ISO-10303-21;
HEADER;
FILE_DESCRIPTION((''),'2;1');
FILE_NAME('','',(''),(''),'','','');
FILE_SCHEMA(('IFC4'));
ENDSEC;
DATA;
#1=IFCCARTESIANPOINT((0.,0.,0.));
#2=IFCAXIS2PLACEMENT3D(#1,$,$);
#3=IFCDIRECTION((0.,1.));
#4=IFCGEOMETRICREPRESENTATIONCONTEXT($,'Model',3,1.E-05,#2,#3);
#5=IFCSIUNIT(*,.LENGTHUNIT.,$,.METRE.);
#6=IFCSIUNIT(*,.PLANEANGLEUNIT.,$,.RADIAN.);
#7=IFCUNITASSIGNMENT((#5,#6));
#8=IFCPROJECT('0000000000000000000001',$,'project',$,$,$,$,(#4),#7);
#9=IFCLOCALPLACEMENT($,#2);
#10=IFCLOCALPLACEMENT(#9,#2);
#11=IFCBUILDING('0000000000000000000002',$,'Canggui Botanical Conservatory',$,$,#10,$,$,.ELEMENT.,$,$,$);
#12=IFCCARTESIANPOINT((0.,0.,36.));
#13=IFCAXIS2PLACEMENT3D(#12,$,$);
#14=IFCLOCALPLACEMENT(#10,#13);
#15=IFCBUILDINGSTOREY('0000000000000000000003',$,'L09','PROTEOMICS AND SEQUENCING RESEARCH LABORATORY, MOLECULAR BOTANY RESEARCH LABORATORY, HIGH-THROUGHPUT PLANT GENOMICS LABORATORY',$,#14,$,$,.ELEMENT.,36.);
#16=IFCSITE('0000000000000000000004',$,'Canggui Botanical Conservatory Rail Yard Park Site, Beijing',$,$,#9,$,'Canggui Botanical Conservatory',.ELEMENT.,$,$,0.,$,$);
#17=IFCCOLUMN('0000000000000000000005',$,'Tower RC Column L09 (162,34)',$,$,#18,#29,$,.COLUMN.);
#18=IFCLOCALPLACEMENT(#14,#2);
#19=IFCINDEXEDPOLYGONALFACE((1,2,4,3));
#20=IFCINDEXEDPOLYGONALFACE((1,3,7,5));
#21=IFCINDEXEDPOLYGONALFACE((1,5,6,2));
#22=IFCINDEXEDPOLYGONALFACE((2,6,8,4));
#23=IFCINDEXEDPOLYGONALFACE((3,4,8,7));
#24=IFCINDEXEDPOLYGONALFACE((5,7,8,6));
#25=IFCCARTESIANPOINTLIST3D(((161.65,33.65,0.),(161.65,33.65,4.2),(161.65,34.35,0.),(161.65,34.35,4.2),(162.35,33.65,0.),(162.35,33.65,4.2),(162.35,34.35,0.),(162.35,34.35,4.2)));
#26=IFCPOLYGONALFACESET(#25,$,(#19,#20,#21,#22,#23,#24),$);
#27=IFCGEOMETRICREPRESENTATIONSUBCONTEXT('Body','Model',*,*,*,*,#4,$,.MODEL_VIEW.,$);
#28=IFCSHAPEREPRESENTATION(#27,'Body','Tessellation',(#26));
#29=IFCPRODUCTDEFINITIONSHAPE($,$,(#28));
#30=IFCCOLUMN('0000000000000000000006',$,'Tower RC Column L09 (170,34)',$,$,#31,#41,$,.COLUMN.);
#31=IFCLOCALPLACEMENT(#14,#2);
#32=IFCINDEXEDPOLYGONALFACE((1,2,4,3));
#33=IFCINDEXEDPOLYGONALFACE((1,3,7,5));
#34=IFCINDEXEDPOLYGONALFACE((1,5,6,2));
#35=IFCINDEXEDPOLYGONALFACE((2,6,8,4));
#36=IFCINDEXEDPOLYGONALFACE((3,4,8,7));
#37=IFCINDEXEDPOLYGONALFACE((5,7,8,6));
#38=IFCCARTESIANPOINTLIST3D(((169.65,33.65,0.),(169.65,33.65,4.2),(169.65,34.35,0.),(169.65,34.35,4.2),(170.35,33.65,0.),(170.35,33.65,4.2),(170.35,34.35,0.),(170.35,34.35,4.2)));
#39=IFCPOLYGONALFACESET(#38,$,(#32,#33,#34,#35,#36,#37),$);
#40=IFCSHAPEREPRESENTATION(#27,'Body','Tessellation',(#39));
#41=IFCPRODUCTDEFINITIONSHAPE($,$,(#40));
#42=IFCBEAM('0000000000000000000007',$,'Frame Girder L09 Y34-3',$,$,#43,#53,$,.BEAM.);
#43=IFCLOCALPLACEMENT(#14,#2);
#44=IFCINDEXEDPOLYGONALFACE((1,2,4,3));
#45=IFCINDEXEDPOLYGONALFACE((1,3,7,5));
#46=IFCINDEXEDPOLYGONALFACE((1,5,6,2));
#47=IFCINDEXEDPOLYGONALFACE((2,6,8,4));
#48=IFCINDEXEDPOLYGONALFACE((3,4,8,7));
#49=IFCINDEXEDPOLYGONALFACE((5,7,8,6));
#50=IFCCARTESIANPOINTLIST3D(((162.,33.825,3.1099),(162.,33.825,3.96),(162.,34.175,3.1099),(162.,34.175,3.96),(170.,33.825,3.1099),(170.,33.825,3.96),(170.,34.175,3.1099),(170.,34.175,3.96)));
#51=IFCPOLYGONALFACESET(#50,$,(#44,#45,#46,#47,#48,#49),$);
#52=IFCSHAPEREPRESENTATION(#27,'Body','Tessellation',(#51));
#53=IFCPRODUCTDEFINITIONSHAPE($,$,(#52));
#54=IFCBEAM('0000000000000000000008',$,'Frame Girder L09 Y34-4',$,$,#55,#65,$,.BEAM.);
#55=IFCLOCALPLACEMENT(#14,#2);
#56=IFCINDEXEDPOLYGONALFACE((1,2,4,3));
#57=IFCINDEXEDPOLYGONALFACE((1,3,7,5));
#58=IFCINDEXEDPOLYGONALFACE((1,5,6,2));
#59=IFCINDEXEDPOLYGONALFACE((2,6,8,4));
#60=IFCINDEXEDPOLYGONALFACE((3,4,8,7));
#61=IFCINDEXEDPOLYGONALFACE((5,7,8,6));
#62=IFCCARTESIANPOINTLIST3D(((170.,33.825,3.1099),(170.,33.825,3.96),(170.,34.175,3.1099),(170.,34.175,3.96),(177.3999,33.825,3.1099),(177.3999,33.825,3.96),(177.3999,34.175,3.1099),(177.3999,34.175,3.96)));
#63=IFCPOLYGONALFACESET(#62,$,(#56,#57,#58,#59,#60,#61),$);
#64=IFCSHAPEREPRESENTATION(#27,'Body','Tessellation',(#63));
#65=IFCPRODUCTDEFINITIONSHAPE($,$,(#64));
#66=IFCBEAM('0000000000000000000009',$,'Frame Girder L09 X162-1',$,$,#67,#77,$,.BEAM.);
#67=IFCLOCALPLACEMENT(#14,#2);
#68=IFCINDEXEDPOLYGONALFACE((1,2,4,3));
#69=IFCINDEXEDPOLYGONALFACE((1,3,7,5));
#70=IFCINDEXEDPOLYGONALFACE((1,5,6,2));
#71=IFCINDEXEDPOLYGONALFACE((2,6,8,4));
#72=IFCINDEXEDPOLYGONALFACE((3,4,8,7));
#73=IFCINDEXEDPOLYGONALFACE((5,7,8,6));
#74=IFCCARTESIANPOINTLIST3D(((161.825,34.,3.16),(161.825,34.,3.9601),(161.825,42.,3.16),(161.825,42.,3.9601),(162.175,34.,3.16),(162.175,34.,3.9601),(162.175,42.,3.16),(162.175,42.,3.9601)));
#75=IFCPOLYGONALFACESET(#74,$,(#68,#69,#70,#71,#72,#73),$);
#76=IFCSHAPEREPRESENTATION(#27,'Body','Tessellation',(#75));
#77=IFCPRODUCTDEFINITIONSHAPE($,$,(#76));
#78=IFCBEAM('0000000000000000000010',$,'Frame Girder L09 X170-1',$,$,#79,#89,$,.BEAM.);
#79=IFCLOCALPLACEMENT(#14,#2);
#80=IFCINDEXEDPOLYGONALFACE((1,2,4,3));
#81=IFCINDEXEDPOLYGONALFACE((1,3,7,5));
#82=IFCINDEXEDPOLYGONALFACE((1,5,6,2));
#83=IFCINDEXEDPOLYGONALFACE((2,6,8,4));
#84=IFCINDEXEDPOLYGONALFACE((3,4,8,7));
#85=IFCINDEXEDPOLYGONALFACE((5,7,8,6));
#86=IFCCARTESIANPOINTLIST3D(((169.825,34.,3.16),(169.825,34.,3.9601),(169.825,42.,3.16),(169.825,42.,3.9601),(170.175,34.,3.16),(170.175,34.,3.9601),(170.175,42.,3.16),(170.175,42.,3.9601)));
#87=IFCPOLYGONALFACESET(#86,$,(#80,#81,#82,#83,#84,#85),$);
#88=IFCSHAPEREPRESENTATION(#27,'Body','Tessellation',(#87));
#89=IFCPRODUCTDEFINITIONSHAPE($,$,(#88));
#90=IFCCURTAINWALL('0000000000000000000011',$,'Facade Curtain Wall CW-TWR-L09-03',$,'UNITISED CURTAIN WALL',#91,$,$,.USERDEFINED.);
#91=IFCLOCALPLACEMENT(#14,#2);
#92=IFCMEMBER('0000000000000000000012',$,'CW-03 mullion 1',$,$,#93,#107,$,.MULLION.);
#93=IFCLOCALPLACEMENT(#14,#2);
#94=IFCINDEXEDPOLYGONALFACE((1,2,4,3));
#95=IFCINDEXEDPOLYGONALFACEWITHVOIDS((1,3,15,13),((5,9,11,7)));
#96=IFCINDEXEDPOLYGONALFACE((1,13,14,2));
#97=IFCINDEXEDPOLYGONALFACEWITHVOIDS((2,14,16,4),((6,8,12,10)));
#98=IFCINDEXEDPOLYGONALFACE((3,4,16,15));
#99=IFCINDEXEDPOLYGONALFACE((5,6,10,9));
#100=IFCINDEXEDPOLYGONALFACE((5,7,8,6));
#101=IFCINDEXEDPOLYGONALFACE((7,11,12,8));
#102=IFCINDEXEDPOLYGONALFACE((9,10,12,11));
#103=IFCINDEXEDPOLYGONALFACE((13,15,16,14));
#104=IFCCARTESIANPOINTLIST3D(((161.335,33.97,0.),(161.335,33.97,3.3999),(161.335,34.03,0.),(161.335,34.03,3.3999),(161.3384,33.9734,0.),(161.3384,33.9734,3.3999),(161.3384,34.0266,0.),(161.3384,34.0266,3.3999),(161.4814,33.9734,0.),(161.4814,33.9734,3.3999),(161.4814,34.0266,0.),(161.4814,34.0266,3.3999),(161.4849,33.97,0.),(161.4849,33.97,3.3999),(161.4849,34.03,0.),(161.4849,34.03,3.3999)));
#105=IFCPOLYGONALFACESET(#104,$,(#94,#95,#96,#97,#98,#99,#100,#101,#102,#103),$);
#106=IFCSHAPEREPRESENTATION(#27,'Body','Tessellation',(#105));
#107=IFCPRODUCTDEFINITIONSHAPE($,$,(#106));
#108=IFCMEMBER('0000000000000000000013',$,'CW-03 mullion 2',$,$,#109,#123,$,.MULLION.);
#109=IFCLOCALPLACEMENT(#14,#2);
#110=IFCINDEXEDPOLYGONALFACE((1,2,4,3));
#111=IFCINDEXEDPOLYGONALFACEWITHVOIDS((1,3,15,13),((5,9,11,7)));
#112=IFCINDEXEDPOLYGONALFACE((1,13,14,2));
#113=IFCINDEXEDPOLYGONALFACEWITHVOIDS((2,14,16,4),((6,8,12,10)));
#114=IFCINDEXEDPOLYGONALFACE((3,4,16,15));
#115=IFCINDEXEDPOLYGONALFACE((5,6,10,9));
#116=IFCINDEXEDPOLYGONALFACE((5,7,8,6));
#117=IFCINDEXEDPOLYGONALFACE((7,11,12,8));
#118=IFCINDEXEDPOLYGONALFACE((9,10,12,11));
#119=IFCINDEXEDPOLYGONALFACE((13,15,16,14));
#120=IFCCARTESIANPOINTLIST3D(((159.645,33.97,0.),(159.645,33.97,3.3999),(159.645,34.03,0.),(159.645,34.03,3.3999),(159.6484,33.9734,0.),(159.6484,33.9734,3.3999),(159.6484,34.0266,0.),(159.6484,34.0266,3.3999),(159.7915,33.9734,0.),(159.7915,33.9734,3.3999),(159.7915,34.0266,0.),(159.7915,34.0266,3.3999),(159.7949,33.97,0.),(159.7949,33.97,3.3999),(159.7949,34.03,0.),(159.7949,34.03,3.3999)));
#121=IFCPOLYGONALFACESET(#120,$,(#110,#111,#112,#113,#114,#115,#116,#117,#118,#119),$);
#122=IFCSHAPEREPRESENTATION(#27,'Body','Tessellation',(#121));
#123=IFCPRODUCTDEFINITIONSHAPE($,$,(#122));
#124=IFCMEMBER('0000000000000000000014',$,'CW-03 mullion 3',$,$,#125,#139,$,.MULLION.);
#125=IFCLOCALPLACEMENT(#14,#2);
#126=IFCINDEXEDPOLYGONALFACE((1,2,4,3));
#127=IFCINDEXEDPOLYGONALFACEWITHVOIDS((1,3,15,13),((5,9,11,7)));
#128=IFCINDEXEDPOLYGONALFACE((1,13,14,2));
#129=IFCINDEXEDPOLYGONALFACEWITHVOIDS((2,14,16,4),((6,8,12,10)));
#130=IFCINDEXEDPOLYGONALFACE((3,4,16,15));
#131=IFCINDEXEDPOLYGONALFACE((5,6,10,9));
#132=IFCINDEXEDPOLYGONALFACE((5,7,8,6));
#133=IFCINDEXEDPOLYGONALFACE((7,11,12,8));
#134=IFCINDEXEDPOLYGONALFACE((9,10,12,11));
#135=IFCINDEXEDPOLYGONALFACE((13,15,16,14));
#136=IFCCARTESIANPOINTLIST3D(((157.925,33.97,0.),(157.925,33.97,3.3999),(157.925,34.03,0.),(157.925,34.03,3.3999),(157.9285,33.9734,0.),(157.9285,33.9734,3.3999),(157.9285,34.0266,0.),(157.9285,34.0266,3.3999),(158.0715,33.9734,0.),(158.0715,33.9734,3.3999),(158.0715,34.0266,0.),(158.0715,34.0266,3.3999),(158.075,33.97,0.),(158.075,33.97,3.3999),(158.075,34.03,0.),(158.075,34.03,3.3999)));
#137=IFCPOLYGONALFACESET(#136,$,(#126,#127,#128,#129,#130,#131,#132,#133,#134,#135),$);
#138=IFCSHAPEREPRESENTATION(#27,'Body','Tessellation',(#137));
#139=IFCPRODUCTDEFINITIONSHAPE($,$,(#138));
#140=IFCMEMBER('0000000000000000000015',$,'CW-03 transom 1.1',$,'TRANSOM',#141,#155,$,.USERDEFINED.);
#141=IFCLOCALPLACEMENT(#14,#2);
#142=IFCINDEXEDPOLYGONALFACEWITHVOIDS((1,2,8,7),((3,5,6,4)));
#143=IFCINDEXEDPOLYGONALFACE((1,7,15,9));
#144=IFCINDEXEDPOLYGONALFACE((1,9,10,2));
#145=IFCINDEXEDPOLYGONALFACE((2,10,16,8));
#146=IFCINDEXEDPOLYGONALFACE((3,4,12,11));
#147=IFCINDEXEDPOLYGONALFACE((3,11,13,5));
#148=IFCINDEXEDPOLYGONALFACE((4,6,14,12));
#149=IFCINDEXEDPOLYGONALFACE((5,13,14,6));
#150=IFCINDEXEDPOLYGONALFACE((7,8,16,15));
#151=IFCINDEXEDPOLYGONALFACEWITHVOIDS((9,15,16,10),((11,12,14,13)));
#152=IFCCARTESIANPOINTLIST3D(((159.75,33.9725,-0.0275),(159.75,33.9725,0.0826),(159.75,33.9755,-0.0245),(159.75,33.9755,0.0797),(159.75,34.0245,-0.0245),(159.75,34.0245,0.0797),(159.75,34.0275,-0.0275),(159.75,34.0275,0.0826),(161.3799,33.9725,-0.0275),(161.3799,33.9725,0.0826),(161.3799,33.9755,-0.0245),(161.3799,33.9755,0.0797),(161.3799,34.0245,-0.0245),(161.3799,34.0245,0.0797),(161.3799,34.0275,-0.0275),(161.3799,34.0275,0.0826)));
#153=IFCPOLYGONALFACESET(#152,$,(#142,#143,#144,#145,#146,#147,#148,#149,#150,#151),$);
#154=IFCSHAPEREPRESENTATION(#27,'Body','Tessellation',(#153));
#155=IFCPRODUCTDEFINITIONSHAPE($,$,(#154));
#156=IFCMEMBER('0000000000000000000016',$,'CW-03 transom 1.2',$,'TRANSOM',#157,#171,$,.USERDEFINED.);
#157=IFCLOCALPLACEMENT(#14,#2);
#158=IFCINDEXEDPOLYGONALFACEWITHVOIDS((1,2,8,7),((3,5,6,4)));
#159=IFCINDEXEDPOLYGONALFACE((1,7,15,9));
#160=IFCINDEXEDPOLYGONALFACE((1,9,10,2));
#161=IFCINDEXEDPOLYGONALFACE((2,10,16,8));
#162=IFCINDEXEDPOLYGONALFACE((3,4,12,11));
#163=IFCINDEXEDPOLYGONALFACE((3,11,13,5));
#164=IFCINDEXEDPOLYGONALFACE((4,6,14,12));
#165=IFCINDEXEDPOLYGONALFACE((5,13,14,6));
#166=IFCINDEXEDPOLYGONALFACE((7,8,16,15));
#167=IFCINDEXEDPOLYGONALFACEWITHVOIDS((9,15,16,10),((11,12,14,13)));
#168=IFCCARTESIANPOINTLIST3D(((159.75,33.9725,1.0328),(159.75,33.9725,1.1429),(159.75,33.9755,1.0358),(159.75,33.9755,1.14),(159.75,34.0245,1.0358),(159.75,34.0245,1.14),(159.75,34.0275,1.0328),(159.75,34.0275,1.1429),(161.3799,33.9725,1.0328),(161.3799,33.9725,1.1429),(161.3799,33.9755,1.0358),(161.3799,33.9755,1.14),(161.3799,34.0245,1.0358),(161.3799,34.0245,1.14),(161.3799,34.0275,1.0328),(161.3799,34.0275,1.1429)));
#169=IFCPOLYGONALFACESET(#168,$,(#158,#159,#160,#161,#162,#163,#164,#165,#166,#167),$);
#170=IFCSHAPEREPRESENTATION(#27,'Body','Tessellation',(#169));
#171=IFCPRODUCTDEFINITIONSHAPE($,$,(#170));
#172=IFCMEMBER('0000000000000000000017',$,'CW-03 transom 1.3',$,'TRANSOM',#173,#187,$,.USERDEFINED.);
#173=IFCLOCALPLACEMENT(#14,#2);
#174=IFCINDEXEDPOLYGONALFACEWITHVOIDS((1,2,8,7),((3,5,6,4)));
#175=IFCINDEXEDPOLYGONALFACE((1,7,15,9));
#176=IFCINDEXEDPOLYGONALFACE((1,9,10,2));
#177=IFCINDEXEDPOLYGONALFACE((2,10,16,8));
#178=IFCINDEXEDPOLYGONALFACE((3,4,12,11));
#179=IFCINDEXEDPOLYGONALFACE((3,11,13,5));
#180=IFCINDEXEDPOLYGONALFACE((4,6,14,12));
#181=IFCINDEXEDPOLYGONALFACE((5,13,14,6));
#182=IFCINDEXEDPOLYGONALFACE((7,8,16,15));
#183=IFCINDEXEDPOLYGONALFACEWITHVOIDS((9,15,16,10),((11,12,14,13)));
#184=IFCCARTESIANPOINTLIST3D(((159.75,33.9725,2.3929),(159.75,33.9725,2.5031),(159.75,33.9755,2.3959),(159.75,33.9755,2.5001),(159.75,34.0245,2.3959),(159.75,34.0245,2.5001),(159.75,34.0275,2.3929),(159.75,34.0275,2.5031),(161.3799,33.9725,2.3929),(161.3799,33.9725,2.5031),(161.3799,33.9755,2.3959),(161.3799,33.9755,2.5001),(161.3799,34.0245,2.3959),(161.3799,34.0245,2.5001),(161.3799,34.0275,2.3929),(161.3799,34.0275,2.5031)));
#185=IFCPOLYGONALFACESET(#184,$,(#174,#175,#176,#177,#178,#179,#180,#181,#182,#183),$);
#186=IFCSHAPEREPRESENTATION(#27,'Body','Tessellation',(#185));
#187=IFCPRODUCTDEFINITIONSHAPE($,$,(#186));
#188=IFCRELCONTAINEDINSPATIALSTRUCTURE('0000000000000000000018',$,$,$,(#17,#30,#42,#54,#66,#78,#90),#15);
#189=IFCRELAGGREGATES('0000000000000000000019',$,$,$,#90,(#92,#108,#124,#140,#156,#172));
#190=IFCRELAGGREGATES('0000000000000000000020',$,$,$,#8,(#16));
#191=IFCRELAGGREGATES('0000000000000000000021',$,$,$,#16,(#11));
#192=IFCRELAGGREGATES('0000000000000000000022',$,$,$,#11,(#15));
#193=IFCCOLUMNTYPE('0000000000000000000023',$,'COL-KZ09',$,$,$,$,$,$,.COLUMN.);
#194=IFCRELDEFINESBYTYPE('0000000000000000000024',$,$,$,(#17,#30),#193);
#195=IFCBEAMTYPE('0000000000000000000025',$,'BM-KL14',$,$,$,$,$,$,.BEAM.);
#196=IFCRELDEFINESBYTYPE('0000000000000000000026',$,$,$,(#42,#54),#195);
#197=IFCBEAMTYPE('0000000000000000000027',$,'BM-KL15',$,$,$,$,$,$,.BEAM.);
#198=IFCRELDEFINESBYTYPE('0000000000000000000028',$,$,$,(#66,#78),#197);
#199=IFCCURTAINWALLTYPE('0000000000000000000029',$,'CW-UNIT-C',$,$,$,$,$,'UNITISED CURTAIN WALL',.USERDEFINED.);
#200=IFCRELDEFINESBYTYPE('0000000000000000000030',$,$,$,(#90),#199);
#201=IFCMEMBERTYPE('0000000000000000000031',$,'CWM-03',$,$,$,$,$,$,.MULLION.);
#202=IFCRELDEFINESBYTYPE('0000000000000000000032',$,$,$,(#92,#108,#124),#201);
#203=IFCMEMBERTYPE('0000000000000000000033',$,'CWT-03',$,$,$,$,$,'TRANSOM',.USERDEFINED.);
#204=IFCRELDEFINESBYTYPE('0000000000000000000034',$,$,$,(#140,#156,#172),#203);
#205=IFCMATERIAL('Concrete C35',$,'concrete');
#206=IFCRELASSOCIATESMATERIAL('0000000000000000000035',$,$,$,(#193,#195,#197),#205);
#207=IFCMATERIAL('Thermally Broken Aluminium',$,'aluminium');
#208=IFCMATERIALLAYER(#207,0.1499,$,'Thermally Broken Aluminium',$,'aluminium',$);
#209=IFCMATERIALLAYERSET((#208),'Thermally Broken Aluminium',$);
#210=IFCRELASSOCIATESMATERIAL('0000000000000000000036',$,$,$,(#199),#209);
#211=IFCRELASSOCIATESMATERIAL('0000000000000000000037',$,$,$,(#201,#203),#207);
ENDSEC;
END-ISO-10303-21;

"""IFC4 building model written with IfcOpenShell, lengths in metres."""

from ifc_helpers import new_model, si_unit, direction, frame, origin, origin_2d, place, context, subcontext, project, spatial, rectangle, hollow_rectangle, extrude, material, layer, layer_set, material_profile, profile_set, type_object, element, aggregate, save


model = new_model("IFC4")

# Units and contexts
model_context = context("Model", 3, precision=1e-05, world=origin(), true_north=direction((0.0, 1.0)))
body_context = subcontext(model_context, "Body", "Model", "MODEL_VIEW")
ifc_project = project(units=[si_unit("LENGTHUNIT", "METRE"), si_unit("PLANEANGLEUNIT", "RADIAN")], contexts=[model_context])

# Site, building, storey
site_placement = place(None, origin())
site = spatial("IfcSite", under=ifc_project, at=site_placement, Name="Canggui Botanical Conservatory Rail Yard Park Site, Beijing", LongName="Canggui Botanical Conservatory", CompositionType="ELEMENT", RefElevation=0.0)
building_placement = place(site_placement, origin())
building = spatial("IfcBuilding", under=site, at=building_placement, Name="Canggui Botanical Conservatory", CompositionType="ELEMENT")
storey_placement = place(building_placement, frame((0.0, 0.0, 36.0)))
storey = spatial("IfcBuildingStorey", under=building, at=storey_placement, Name="L09", Description="PROTEOMICS AND SEQUENCING RESEARCH LABORATORY, MOLECULAR BOTANY RESEARCH LABORATORY, HIGH-THROUGHPUT PLANT GENOMICS LABORATORY", CompositionType="ELEMENT", Elevation=36.0)

# Columns
ifc_material_1 = material(Name="Concrete C35", Category="concrete")
ifc_material_profile_1 = material_profile(ifc_material_1, rectangle(XDim=0.7, YDim=0.7, at=origin_2d()), Name="RC 700x700")
ifc_profile_set_1 = profile_set([ifc_material_profile_1], Name="Concrete C35")
column_type = type_object("IfcColumnType", Name="COL-KZ09", PredefinedType="COLUMN", material=ifc_profile_set_1)
for number, where, z_axis, x_axis, name in (
    (1, (162.0, 34.0, 0.0), (0.0, 0.0, 1.0), (1.0, 0.0, 0.0), "Tower RC Column L09 (162,34)"),
    (2, (170.0, 34.0, 0.0), (0.0, 0.0, 1.0), (1.0, 0.0, 0.0), "Tower RC Column L09 (170,34)"),
):
    element("IfcColumn", number, at=place(storey_placement, frame(where, z_axis=z_axis, x_axis=x_axis)), inside=storey, type_object=column_type, Name=name, PredefinedType="COLUMN", context=body_context, shape_type="SweptSolid", body=[
        extrude(rectangle(XDim=0.7, YDim=0.7, at=origin_2d()), origin(), (0.0, 0.0, 1.0), 4.2),
    ])

# Beams
ifc_material_profile_2 = material_profile(ifc_material_1, rectangle(XDim=0.3501, YDim=0.8501, at=origin_2d()), Name="RB 350x850")
ifc_profile_set_2 = profile_set([ifc_material_profile_2], Name="Concrete C35")
beam_type_1 = type_object("IfcBeamType", Name="BM-KL14", PredefinedType="BEAM", material=ifc_profile_set_2)
beam_1_placement = place(storey_placement, frame((162.0, 34.0, 3.5349), z_axis=(1.0, 0.0, 0.0), x_axis=(0.0, 1.0, 0.0)))
element("IfcBeam", 3, at=beam_1_placement, inside=storey, type_object=beam_type_1, Name="Frame Girder L09 Y34-3", PredefinedType="BEAM", context=body_context, shape_type="SweptSolid", body=[
    extrude(rectangle(XDim=0.3501, YDim=0.8501, at=origin_2d()), origin(), (0.0, 0.0, 1.0), 8.0),
])
beam_2_placement = place(storey_placement, frame((170.0, 34.0, 3.5349), z_axis=(1.0, 0.0, 0.0), x_axis=(0.0, 1.0, 0.0)))
element("IfcBeam", 4, at=beam_2_placement, inside=storey, type_object=beam_type_1, Name="Frame Girder L09 Y34-4", PredefinedType="BEAM", context=body_context, shape_type="SweptSolid", body=[
    extrude(rectangle(XDim=0.3501, YDim=0.8501, at=origin_2d()), origin(), (0.0, 0.0, 1.0), 7.3999),
])
ifc_material_profile_3 = material_profile(ifc_material_1, rectangle(XDim=0.3501, YDim=0.8, at=origin_2d()), Name="RB 350x800")
ifc_profile_set_3 = profile_set([ifc_material_profile_3], Name="Concrete C35")
beam_type_2 = type_object("IfcBeamType", Name="BM-KL15", PredefinedType="BEAM", material=ifc_profile_set_3)
for number, where, z_axis, x_axis, name in (
    (5, (162.0, 34.0, 3.5601), (0.0, 1.0, 0.0), (-1.0, 0.0, 0.0), "Frame Girder L09 X162-1"),
    (6, (170.0, 34.0, 3.5601), (0.0, 1.0, 0.0), (-1.0, 0.0, 0.0), "Frame Girder L09 X170-1"),
):
    element("IfcBeam", number, at=place(storey_placement, frame(where, z_axis=z_axis, x_axis=x_axis)), inside=storey, type_object=beam_type_2, Name=name, PredefinedType="BEAM", context=body_context, shape_type="SweptSolid", body=[
        extrude(rectangle(XDim=0.3501, YDim=0.8, at=origin_2d()), origin(), (0.0, 0.0, 1.0), 8.0),
    ])

# Curtain wall, members
ifc_material_2 = material(Name="Thermally Broken Aluminium", Category="aluminium")
ifc_layer_1 = layer(ifc_material_2, 0.1499, Name="Thermally Broken Aluminium", Category="aluminium")
ifc_layer_set_1 = layer_set([ifc_layer_1], Name="Thermally Broken Aluminium")
curtain_wall_type = type_object("IfcCurtainWallType", Name="CW-UNIT-C", ElementType="UNITISED CURTAIN WALL", PredefinedType="USERDEFINED", material=ifc_layer_set_1)
curtain_wall_placement = place(storey_placement, origin())
curtain_wall = element("IfcCurtainWall", 7, at=curtain_wall_placement, inside=storey, type_object=curtain_wall_type, Name="Facade Curtain Wall CW-TWR-L09-03", ObjectType="UNITISED CURTAIN WALL", PredefinedType="USERDEFINED")
ifc_material_profile_4 = material_profile(ifc_material_2, hollow_rectangle(XDim=0.0601, YDim=0.1499, WallThickness=0.0034, at=origin_2d()), Name="CWM 60x150x3.5")
ifc_profile_set_4 = profile_set([ifc_material_profile_4], Name="Thermally Broken Aluminium")
member_type_1 = type_object("IfcMemberType", Name="CWM-03", PredefinedType="MULLION", material=ifc_profile_set_4)
member_1_placement = place(storey_placement, frame((161.4099, 34.0, 0.0), z_axis=(0.0, 0.0, 1.0), x_axis=(0.0, -1.0, 0.0)))
member_1 = element("IfcMember", 8, at=member_1_placement, type_object=member_type_1, Name="CW-03 mullion 1", PredefinedType="MULLION", context=body_context, shape_type="SweptSolid", body=[
    extrude(hollow_rectangle(XDim=0.0601, YDim=0.1499, WallThickness=0.0034, at=origin_2d()), origin(), (0.0, 0.0, 1.0), 3.3999),
])
member_2_placement = place(storey_placement, frame((159.72, 34.0, 0.0), z_axis=(0.0, 0.0, 1.0), x_axis=(0.0, -1.0, 0.0)))
member_2 = element("IfcMember", 9, at=member_2_placement, type_object=member_type_1, Name="CW-03 mullion 2", PredefinedType="MULLION", context=body_context, shape_type="SweptSolid", body=[
    extrude(hollow_rectangle(XDim=0.0601, YDim=0.1499, WallThickness=0.0034, at=origin_2d()), origin(), (0.0, 0.0, 1.0), 3.3999),
])
member_3_placement = place(storey_placement, frame((158.0, 34.0, 0.0), z_axis=(0.0, 0.0, 1.0), x_axis=(0.0, -1.0, 0.0)))
member_3 = element("IfcMember", 10, at=member_3_placement, type_object=member_type_1, Name="CW-03 mullion 3", PredefinedType="MULLION", context=body_context, shape_type="SweptSolid", body=[
    extrude(hollow_rectangle(XDim=0.0601, YDim=0.1499, WallThickness=0.0034, at=origin_2d()), origin(), (0.0, 0.0, 1.0), 3.3999),
])
ifc_material_profile_5 = material_profile(ifc_material_2, hollow_rectangle(XDim=0.0549, YDim=0.1101, WallThickness=0.0029, at=origin_2d()), Name="CWT 55x110x3")
ifc_profile_set_5 = profile_set([ifc_material_profile_5], Name="Thermally Broken Aluminium")
member_type_2 = type_object("IfcMemberType", Name="CWT-03", ElementType="TRANSOM", PredefinedType="USERDEFINED", material=ifc_profile_set_5)
member_4_placement = place(storey_placement, frame((161.3799, 34.0, 0.0276), z_axis=(-1.0, 0.0, 0.0), x_axis=(0.0, -1.0, 0.0)))
member_4 = element("IfcMember", 11, at=member_4_placement, type_object=member_type_2, Name="CW-03 transom 1.1", ObjectType="TRANSOM", PredefinedType="USERDEFINED", context=body_context, shape_type="SweptSolid", body=[
    extrude(hollow_rectangle(XDim=0.0549, YDim=0.1101, WallThickness=0.0029, at=origin_2d()), origin(), (0.0, 0.0, 1.0), 1.6299),
])
member_5_placement = place(storey_placement, frame((161.3799, 34.0, 1.0879), z_axis=(-1.0, 0.0, 0.0), x_axis=(0.0, -1.0, 0.0)))
member_5 = element("IfcMember", 12, at=member_5_placement, type_object=member_type_2, Name="CW-03 transom 1.2", ObjectType="TRANSOM", PredefinedType="USERDEFINED", context=body_context, shape_type="SweptSolid", body=[
    extrude(hollow_rectangle(XDim=0.0549, YDim=0.1101, WallThickness=0.0029, at=origin_2d()), origin(), (0.0, 0.0, 1.0), 1.6299),
])
member_6_placement = place(storey_placement, frame((161.3799, 34.0, 2.448), z_axis=(-1.0, 0.0, 0.0), x_axis=(0.0, -1.0, 0.0)))
member_6 = element("IfcMember", 13, at=member_6_placement, type_object=member_type_2, Name="CW-03 transom 1.3", ObjectType="TRANSOM", PredefinedType="USERDEFINED", context=body_context, shape_type="SweptSolid", body=[
    extrude(hollow_rectangle(XDim=0.0549, YDim=0.1101, WallThickness=0.0029, at=origin_2d()), origin(), (0.0, 0.0, 1.0), 1.6299),
])
aggregate(curtain_wall, [member_1, member_2, member_3, member_4, member_5, member_6])

save(model, "model.ifc")
